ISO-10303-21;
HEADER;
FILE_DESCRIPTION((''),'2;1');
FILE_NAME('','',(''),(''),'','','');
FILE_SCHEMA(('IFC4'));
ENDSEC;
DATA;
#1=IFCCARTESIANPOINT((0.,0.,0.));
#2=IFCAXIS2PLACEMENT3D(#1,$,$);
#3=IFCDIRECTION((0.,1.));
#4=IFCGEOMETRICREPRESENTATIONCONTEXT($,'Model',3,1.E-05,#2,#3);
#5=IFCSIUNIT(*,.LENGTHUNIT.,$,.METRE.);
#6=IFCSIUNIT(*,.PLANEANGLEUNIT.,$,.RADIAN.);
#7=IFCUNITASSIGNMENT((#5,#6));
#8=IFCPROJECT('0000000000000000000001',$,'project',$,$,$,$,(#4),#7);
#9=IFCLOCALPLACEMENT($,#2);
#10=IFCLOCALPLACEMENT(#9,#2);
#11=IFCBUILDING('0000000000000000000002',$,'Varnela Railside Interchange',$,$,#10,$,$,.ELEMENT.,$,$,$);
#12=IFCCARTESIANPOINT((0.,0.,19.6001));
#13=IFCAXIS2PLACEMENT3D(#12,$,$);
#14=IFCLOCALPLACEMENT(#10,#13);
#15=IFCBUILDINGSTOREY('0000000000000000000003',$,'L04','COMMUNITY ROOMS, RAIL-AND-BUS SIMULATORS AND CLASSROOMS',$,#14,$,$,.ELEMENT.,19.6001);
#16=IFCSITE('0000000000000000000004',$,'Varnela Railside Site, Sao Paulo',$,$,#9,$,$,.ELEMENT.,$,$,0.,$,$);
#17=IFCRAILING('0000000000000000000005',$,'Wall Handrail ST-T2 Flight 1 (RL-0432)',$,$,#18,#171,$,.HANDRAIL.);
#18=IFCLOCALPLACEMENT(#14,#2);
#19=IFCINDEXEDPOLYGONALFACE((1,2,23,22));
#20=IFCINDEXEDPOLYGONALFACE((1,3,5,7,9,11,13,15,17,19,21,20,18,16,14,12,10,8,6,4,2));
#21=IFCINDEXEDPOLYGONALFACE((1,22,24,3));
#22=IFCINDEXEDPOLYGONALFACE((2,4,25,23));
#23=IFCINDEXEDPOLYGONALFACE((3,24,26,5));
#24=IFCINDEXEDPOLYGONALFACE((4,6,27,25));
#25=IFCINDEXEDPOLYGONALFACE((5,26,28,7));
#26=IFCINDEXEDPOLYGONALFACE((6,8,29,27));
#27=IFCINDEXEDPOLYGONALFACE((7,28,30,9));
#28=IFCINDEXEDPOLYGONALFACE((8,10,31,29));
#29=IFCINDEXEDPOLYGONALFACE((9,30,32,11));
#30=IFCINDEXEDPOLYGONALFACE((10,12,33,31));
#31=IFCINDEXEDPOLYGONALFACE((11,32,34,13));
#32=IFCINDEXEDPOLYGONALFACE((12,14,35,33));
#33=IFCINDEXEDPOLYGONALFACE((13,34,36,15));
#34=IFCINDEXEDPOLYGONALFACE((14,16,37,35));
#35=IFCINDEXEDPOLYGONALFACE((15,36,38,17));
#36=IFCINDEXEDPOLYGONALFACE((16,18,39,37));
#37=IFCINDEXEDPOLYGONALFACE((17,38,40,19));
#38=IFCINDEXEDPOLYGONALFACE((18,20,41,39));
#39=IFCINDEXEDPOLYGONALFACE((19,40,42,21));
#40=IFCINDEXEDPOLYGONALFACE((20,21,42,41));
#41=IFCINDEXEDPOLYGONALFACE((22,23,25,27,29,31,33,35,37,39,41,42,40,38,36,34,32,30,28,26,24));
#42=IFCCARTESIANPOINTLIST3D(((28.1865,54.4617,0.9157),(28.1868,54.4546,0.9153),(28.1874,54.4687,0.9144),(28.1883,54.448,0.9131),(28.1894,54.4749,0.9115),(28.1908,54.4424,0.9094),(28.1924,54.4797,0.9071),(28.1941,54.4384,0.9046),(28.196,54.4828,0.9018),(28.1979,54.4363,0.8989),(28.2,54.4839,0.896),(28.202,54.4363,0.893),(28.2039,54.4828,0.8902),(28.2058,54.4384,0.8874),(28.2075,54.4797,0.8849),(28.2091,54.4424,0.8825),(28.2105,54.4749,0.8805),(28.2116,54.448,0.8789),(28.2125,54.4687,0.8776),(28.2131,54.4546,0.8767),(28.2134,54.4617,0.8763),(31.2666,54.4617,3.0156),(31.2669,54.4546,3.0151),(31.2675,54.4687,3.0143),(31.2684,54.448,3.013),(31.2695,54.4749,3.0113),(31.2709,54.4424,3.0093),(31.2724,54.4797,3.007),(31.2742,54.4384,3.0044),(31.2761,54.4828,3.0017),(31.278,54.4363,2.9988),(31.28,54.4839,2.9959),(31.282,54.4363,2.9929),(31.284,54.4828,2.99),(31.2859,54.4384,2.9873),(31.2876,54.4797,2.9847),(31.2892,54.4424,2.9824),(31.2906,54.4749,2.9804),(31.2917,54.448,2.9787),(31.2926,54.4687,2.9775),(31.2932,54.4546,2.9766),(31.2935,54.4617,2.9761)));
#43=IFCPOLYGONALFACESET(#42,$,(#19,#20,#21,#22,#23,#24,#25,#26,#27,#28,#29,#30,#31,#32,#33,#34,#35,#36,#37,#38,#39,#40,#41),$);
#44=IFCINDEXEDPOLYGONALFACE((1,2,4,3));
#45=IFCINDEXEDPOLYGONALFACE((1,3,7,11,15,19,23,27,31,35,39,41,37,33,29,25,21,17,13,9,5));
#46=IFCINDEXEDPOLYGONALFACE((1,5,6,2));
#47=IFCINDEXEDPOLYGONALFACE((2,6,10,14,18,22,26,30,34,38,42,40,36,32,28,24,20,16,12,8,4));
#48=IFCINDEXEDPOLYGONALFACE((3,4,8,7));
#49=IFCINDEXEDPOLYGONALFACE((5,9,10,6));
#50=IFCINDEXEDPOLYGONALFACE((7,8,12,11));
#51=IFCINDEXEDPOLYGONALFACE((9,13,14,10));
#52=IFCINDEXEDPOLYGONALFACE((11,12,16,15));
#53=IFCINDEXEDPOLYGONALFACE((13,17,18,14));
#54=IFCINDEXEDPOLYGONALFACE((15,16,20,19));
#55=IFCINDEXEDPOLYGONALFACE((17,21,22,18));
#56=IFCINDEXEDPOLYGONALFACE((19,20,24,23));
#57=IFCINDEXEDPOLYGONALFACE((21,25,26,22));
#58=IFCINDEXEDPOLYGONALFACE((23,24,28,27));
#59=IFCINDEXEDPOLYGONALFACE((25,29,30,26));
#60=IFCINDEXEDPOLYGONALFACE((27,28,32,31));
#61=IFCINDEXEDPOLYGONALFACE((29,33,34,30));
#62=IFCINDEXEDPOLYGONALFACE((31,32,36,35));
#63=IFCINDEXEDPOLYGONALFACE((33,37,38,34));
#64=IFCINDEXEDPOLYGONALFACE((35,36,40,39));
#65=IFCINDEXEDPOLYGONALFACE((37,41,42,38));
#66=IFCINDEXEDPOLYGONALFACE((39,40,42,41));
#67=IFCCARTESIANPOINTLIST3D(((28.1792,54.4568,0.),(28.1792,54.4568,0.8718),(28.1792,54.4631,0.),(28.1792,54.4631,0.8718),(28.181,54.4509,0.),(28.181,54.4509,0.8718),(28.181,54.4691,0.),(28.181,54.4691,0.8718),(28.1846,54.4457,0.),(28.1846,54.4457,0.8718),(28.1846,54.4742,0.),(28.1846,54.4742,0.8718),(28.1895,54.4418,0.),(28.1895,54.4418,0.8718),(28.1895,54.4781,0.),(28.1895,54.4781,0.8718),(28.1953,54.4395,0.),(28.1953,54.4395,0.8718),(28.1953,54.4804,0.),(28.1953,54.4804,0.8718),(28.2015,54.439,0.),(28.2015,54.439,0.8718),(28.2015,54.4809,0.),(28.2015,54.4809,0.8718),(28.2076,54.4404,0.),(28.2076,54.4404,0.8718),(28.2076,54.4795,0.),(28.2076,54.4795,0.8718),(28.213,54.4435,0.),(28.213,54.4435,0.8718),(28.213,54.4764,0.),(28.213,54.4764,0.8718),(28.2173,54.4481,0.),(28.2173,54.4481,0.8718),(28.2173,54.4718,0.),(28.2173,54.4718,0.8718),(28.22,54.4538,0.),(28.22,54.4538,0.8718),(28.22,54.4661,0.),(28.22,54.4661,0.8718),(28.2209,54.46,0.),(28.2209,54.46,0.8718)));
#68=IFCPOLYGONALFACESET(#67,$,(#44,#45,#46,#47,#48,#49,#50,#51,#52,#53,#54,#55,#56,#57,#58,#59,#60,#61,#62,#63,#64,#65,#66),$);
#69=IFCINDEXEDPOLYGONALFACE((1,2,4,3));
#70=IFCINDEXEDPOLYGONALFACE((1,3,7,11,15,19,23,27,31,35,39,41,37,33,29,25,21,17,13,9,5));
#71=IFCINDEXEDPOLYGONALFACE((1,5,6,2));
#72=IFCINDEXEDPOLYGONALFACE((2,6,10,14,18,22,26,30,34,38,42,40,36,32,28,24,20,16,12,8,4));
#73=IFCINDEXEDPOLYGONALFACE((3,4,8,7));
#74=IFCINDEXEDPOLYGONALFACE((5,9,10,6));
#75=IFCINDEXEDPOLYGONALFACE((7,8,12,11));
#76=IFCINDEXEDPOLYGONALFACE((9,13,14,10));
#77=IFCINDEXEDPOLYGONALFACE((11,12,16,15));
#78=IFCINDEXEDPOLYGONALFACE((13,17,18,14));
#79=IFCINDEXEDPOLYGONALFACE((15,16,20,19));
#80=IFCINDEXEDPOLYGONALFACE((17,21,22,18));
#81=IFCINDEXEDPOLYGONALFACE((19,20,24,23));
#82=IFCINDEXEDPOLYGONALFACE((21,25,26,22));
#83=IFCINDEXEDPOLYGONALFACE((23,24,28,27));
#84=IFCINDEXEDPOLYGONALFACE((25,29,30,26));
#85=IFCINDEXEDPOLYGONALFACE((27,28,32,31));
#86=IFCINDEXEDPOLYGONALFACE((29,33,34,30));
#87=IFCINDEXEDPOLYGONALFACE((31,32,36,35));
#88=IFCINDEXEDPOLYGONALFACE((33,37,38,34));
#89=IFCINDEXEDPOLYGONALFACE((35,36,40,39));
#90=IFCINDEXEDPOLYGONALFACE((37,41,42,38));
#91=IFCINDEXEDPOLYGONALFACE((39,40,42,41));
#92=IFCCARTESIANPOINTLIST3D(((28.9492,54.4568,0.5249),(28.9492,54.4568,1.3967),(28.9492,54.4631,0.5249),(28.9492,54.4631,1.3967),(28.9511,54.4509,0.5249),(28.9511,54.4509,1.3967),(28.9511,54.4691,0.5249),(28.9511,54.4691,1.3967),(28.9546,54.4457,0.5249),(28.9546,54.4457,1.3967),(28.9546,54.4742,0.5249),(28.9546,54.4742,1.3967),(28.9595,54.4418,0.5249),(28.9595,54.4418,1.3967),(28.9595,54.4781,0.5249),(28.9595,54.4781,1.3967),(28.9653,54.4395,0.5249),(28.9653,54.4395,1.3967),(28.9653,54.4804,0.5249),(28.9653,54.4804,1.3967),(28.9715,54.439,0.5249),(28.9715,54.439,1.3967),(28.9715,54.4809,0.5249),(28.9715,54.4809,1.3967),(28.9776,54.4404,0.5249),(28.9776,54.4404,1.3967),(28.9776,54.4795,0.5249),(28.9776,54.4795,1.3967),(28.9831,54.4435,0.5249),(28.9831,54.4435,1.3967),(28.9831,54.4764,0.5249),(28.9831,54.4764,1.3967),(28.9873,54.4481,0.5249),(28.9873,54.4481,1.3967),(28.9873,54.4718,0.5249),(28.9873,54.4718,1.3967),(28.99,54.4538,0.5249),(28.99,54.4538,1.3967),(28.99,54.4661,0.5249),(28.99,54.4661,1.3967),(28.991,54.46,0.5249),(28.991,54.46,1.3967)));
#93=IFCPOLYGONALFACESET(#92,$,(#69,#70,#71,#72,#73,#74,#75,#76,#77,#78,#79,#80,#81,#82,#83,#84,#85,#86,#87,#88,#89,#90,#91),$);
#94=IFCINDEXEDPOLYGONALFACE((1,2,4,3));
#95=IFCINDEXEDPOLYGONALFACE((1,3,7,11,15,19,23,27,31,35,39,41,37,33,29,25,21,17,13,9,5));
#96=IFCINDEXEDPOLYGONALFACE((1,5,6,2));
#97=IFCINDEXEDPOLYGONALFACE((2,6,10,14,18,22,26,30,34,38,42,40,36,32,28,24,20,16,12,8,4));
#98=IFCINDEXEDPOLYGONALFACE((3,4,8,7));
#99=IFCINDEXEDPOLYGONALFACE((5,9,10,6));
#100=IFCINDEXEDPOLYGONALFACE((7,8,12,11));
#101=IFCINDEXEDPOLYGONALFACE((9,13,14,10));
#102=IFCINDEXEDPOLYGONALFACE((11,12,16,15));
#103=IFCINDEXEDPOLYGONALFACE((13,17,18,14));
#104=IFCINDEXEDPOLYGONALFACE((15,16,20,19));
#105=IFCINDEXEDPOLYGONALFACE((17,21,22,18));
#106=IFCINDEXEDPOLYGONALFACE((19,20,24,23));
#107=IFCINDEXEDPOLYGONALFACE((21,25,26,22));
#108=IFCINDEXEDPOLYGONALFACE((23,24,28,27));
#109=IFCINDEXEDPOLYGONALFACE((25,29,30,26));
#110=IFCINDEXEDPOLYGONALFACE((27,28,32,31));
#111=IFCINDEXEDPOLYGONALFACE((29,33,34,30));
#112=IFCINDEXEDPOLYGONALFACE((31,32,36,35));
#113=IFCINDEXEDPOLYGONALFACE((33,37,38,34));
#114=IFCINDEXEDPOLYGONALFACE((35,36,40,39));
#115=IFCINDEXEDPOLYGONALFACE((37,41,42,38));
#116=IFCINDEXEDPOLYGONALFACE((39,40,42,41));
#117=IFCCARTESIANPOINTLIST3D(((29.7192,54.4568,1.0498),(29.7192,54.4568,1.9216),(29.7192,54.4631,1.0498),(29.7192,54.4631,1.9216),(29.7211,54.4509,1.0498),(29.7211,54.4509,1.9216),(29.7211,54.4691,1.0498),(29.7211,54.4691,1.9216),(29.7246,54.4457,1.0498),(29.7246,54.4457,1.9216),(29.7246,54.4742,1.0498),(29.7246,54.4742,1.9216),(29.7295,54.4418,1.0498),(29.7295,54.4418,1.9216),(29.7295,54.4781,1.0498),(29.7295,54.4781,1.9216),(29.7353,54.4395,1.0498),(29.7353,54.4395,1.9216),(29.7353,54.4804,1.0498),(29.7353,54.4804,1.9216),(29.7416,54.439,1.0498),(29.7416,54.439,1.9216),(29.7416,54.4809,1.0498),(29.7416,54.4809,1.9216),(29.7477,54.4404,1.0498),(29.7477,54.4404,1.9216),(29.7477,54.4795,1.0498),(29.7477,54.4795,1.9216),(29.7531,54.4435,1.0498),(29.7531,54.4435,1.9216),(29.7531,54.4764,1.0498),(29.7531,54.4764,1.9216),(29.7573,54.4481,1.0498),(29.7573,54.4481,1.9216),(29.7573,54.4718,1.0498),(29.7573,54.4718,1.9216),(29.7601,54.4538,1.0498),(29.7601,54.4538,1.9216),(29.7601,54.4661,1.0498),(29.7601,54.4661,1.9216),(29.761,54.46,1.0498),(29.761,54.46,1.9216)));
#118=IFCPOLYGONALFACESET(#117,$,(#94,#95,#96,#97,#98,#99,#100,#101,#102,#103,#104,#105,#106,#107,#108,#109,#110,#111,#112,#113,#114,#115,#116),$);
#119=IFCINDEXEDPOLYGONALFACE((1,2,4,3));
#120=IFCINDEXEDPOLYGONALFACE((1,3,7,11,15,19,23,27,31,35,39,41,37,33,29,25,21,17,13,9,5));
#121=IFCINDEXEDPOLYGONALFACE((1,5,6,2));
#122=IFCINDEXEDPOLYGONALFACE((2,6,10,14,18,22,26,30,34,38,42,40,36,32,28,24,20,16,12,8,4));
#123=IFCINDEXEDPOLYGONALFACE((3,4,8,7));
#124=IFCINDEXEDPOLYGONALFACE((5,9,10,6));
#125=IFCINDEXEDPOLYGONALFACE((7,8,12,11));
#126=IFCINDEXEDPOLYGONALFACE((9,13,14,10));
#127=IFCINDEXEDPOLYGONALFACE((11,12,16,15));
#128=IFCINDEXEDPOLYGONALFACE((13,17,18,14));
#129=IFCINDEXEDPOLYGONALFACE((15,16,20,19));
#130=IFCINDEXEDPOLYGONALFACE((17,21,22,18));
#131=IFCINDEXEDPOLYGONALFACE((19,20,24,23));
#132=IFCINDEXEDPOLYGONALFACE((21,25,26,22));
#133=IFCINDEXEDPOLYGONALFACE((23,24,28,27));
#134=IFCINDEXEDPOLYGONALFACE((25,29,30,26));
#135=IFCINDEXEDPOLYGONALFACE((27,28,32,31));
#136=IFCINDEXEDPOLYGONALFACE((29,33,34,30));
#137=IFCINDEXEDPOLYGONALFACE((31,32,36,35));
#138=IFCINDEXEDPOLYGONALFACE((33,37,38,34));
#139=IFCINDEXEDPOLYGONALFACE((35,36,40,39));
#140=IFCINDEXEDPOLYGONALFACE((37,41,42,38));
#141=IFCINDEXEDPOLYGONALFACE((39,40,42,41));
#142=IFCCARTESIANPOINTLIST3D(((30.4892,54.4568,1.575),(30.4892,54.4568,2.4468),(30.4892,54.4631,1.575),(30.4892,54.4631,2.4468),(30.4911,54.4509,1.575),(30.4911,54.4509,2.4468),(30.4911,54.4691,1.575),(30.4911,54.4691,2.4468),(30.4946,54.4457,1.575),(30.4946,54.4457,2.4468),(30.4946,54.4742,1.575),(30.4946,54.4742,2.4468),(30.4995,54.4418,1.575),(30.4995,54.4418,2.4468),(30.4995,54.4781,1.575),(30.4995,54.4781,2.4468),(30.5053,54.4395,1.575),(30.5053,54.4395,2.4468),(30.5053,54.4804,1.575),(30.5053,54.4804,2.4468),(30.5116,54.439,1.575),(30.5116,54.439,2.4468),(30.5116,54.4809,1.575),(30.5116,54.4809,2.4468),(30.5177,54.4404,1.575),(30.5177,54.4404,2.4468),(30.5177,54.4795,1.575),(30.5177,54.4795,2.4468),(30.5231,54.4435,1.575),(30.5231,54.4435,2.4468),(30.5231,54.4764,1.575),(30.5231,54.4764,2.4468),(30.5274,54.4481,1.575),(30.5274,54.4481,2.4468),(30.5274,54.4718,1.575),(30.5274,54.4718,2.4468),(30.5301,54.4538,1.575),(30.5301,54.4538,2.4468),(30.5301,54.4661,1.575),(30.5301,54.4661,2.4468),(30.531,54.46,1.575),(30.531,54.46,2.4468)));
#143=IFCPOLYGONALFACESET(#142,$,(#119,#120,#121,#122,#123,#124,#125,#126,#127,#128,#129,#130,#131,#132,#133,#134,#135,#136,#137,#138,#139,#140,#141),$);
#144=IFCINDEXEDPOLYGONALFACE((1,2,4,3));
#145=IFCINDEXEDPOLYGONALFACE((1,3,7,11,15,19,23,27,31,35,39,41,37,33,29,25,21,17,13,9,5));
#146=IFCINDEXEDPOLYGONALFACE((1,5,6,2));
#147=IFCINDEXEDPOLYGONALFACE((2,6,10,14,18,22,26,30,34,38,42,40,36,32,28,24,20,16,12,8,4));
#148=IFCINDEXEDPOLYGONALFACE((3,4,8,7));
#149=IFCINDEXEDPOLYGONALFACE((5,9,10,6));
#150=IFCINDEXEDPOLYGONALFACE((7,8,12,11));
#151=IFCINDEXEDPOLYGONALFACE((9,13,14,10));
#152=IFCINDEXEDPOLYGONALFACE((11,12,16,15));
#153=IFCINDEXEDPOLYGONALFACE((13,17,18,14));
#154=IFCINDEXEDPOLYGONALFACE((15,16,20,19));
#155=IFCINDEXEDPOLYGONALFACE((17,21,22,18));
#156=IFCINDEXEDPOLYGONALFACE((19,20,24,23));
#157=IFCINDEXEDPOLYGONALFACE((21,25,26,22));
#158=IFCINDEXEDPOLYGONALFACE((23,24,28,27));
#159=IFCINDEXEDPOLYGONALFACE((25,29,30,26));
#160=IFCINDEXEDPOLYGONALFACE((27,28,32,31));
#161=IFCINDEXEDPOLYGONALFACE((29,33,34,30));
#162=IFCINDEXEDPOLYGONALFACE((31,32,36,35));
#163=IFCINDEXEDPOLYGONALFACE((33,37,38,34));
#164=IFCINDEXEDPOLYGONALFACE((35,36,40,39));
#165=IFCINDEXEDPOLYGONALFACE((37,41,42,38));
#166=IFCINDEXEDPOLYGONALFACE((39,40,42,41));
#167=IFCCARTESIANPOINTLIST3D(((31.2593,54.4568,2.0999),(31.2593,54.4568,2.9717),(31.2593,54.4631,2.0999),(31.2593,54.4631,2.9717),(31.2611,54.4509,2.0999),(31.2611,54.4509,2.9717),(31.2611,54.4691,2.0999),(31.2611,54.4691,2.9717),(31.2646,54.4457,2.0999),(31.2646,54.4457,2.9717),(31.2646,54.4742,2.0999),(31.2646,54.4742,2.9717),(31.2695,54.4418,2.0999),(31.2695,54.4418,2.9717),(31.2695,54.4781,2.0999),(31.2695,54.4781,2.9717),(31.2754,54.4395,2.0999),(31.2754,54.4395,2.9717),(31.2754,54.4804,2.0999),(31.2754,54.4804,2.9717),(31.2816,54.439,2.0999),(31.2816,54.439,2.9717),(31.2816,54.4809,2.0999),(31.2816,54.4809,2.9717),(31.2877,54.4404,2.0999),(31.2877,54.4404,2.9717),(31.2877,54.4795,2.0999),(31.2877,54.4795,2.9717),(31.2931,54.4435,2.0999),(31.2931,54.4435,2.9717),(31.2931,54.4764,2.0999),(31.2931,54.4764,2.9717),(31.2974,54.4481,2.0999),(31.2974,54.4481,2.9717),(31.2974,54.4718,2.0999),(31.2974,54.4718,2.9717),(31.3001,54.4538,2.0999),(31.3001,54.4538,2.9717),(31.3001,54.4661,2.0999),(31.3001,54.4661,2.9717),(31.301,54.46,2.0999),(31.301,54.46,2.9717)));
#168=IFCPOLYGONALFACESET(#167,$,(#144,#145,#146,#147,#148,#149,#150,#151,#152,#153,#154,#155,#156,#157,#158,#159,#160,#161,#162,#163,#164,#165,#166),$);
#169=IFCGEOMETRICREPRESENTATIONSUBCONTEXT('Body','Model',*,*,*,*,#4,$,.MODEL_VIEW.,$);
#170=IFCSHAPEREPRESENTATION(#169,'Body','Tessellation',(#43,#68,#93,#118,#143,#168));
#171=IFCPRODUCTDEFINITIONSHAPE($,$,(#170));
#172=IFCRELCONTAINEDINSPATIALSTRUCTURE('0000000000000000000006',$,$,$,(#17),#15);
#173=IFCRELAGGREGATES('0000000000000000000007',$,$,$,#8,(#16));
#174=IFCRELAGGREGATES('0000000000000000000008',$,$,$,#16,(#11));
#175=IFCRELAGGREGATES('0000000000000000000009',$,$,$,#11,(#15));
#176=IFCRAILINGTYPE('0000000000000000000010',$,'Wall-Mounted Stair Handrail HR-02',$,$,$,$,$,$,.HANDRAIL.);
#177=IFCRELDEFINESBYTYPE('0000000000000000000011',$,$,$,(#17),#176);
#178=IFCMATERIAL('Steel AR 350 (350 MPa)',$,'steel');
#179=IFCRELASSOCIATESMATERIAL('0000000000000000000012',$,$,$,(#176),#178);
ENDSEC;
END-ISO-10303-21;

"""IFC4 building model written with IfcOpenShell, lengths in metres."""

from ifc_helpers import new_model, si_unit, direction, frame, origin, origin_2d, place, context, subcontext, project, spatial, circle, extrude, material, type_object, element, save


model = new_model("IFC4")

# Units and contexts
model_context = context("Model", 3, precision=1e-05, world=origin(), true_north=direction((0.0, 1.0)))
body_context = subcontext(model_context, "Body", "Model", "MODEL_VIEW")
ifc_project = project(units=[si_unit("LENGTHUNIT", "METRE"), si_unit("PLANEANGLEUNIT", "RADIAN")], contexts=[model_context])

# Site, building, storey
site_placement = place(None, origin())
site = spatial("IfcSite", under=ifc_project, at=site_placement, Name="Varnela Railside Site, Sao Paulo", CompositionType="ELEMENT", RefElevation=0.0)
building_placement = place(site_placement, origin())
building = spatial("IfcBuilding", under=site, at=building_placement, Name="Varnela Railside Interchange", CompositionType="ELEMENT")
storey_placement = place(building_placement, frame((0.0, 0.0, 19.6001)))
storey = spatial("IfcBuildingStorey", under=building, at=storey_placement, Name="L04", Description="COMMUNITY ROOMS, RAIL-AND-BUS SIMULATORS AND CLASSROOMS", CompositionType="ELEMENT", Elevation=19.6001)

# Shared definitions
ifc_material_1 = material(Name="Steel AR 350 (350 MPa)", Category="steel")

# Railing
railing_type_1 = type_object("IfcRailingType", Name="Wall-Mounted Stair Handrail HR-02", PredefinedType="HANDRAIL", material=ifc_material_1)
railing_1_placement = place(storey_placement, frame((28.2, 54.46, 0.0)))
element("IfcRailing", 1, at=railing_1_placement, inside=storey, type_object=railing_type_1, Name="Wall Handrail ST-T2 Flight 1 (RL-0432)", PredefinedType="HANDRAIL", context=body_context, shape_type="SweptSolid", body=[
    extrude(circle(Radius=0.0239, at=origin_2d()), frame((0.0, 0.0, 0.896), z_axis=(0.826252, 0.0, 0.5633), x_axis=(0.0, 1.0, 0.0)), (0.0, 0.0, 1.0), 3.7278),
    extrude(circle(Radius=0.021, at=origin_2d()), origin(), (0.0, 0.0, 1.0), 0.8718),
    extrude(circle(Radius=0.021, at=origin_2d()), frame((0.77, 0.0, 0.5249)), (0.0, 0.0, 1.0), 0.8718),
    extrude(circle(Radius=0.021, at=origin_2d()), frame((1.54, 0.0, 1.0498)), (0.0, 0.0, 1.0), 0.8718),
    extrude(circle(Radius=0.021, at=origin_2d()), frame((2.3101, 0.0, 1.575)), (0.0, 0.0, 1.0), 0.8718),
    extrude(circle(Radius=0.021, at=origin_2d()), frame((3.0801, 0.0, 2.0999)), (0.0, 0.0, 1.0), 0.8718),
])

save(model, "model.ifc")
